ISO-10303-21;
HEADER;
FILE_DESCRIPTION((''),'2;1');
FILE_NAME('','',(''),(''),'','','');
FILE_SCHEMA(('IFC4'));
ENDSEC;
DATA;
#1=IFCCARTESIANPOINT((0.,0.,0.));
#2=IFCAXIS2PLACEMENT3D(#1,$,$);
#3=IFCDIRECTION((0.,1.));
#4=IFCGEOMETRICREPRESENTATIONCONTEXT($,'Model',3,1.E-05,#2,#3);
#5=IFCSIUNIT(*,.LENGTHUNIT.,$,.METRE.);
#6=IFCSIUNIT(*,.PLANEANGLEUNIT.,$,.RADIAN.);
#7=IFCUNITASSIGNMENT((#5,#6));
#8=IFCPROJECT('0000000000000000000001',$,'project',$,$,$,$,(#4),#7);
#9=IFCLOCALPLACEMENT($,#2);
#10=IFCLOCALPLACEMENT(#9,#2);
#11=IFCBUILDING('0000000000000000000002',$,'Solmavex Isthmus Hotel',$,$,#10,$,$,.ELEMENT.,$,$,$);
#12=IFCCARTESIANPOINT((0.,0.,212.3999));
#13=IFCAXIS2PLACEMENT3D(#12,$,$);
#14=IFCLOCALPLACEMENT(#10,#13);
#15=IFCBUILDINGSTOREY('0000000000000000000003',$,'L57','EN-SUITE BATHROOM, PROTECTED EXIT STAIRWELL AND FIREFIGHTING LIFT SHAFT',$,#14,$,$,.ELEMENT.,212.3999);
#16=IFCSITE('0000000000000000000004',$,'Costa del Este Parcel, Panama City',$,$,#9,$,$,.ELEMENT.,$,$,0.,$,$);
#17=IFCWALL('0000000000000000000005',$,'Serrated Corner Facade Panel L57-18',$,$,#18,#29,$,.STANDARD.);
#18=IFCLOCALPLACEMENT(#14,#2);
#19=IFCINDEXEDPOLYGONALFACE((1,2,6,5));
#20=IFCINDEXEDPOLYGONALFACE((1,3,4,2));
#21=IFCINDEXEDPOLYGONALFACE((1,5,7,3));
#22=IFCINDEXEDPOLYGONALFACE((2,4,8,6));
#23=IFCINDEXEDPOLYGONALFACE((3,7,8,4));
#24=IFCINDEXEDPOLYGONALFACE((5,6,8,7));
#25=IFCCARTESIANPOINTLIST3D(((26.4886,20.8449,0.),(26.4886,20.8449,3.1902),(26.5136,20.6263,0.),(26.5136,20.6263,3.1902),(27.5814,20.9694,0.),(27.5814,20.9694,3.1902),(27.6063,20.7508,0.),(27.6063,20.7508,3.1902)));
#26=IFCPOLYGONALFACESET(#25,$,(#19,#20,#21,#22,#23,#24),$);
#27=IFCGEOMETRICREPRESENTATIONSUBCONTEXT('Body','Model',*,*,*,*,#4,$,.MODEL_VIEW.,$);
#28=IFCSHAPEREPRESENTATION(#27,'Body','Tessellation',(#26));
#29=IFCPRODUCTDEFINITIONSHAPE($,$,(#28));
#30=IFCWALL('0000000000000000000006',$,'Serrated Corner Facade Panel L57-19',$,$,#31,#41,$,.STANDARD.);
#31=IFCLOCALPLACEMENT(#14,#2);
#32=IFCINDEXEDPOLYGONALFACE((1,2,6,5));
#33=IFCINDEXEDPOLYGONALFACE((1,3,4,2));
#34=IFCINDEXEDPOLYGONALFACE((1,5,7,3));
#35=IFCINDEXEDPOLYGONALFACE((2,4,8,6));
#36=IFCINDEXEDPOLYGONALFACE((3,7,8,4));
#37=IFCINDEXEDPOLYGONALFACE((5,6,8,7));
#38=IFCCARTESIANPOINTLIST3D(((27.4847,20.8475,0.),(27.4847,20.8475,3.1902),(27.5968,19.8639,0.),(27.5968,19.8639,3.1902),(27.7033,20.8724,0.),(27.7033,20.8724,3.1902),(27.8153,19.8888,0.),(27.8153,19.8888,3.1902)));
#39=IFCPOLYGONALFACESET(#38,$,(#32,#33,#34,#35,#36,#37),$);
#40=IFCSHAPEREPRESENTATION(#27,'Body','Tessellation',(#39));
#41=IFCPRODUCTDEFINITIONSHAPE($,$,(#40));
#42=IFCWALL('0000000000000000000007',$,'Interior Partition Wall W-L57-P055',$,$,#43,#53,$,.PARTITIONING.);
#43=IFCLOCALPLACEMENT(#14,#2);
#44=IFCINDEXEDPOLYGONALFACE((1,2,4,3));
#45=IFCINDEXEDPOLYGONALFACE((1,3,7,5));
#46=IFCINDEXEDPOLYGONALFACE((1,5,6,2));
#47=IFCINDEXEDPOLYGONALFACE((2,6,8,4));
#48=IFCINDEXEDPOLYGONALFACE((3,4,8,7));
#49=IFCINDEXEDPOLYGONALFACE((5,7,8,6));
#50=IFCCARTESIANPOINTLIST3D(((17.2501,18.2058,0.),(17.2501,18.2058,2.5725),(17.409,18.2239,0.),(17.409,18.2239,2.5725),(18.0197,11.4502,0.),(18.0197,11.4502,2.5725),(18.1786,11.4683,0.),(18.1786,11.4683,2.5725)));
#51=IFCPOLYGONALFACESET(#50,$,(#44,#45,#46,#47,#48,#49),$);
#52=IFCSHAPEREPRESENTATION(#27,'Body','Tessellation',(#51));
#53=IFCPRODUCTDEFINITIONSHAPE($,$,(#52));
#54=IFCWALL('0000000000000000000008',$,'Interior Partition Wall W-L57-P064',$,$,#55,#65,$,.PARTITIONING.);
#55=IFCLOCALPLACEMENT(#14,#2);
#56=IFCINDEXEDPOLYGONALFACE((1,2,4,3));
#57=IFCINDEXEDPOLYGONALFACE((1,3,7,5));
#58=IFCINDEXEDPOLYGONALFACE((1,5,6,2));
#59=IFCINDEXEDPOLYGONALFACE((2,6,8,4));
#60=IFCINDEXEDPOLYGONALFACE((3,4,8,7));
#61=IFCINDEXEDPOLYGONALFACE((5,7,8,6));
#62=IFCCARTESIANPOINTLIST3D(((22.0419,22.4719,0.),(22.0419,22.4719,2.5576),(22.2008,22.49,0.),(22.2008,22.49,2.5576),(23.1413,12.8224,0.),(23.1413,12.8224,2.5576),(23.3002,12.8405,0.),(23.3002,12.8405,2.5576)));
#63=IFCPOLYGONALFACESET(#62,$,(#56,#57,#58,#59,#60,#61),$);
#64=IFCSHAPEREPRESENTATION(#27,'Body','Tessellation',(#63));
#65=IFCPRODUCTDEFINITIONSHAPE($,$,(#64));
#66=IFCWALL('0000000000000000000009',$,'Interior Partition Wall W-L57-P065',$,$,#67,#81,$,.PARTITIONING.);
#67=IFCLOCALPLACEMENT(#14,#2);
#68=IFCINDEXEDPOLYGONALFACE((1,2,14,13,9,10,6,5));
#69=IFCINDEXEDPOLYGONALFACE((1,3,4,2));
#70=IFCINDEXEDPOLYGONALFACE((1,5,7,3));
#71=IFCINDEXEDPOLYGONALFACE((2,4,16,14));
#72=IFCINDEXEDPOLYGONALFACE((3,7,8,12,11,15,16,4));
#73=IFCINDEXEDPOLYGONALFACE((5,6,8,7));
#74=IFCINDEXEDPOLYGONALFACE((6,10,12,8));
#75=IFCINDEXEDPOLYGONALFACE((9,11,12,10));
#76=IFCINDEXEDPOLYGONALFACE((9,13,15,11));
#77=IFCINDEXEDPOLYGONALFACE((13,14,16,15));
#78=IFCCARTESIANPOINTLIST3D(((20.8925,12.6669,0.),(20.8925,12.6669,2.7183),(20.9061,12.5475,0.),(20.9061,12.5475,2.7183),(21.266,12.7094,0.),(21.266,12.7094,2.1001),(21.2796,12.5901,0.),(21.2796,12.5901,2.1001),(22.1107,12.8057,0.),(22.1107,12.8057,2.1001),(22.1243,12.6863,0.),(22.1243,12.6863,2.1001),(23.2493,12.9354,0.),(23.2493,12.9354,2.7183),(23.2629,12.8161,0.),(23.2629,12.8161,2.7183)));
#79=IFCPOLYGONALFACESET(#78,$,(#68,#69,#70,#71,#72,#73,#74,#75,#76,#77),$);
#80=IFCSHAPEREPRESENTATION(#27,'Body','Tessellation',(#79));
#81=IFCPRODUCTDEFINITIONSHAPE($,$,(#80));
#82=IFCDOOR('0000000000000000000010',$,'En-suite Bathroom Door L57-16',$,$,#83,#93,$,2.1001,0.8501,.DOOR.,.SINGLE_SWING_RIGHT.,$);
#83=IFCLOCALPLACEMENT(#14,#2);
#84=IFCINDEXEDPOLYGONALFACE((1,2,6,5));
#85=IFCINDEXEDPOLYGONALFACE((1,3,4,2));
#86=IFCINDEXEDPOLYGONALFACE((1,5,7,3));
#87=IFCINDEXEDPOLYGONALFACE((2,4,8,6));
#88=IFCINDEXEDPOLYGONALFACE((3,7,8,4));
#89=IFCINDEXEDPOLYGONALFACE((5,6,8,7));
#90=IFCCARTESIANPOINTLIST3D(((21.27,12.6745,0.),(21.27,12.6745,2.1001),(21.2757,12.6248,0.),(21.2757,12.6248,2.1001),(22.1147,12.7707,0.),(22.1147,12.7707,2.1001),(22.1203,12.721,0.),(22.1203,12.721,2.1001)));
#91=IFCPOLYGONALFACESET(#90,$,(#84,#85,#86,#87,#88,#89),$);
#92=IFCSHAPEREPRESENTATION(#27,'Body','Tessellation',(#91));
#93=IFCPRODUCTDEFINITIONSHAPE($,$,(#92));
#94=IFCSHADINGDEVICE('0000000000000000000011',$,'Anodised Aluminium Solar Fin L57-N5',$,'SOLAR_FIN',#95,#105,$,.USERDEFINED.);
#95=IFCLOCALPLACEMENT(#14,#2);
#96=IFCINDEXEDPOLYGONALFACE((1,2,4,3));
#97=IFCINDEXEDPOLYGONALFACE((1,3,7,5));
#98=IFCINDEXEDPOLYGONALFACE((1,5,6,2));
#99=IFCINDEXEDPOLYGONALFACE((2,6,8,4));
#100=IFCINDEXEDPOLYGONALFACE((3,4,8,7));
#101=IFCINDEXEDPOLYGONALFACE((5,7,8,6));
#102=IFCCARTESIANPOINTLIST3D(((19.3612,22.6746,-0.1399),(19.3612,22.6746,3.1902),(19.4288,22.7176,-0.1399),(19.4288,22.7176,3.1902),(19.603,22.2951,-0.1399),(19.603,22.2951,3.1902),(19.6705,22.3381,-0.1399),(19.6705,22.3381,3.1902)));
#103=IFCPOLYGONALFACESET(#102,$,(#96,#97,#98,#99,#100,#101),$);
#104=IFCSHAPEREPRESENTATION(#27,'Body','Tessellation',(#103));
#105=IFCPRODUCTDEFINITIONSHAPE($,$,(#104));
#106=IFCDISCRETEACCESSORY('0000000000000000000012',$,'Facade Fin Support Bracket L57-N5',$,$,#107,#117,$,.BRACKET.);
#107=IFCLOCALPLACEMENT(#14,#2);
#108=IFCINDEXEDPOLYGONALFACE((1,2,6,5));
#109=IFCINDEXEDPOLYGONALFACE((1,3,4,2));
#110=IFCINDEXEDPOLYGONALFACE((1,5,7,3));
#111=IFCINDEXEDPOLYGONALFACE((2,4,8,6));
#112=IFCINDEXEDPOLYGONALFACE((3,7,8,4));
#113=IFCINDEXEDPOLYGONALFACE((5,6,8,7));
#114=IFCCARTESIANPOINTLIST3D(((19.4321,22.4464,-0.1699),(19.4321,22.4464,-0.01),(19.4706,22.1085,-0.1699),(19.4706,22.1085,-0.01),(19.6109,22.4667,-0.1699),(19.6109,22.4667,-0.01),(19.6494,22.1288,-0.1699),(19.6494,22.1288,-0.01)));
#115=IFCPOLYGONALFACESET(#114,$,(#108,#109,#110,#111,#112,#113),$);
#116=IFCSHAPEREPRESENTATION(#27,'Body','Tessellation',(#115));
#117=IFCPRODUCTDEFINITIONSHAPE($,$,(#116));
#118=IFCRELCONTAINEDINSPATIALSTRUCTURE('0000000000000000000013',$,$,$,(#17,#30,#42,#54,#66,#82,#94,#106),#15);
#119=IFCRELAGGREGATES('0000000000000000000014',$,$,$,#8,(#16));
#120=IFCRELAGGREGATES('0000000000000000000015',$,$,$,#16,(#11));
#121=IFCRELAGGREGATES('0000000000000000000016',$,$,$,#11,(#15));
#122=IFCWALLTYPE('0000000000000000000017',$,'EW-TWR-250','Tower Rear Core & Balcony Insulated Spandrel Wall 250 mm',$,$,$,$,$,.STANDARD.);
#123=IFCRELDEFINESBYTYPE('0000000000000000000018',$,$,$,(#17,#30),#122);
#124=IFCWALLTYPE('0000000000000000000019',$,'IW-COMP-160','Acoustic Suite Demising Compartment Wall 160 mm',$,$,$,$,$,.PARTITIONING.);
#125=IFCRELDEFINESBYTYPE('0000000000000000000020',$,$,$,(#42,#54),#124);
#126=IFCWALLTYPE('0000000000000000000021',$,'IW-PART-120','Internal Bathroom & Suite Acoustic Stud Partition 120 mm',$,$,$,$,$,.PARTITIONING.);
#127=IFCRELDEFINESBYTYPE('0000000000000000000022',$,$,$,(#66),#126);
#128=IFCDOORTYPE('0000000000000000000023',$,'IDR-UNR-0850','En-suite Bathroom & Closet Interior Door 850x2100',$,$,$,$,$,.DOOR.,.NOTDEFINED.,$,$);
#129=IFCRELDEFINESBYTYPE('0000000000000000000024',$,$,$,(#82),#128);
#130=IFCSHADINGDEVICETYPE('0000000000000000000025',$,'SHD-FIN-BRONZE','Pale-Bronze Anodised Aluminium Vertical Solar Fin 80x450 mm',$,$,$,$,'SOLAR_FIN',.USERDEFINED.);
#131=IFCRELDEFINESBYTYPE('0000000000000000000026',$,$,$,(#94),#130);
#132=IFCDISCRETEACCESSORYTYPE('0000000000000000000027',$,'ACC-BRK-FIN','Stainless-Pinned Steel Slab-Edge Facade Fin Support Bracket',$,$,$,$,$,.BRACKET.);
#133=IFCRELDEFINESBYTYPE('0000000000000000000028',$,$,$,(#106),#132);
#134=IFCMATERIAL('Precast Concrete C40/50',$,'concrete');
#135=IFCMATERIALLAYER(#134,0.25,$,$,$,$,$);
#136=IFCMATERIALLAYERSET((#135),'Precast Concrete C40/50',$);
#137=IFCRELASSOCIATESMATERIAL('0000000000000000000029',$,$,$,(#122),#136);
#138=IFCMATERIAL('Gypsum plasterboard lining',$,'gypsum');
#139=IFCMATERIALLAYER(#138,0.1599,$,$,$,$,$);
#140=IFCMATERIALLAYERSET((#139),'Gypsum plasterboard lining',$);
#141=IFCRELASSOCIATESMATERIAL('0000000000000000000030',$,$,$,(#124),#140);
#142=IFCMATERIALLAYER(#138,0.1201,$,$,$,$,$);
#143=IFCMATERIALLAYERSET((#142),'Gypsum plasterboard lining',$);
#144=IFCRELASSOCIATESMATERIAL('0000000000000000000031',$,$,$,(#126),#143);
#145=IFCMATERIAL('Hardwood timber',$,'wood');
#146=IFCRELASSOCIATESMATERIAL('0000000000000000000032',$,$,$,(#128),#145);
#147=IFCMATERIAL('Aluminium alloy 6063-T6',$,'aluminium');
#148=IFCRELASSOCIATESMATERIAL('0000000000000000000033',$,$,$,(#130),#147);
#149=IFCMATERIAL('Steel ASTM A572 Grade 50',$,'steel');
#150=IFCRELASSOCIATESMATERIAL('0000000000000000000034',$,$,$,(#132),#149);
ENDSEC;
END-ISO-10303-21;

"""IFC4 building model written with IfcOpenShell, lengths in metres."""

from ifc_helpers import new_model, si_unit, direction, frame, frame_2d, origin, origin_2d, place, context, subcontext, project, spatial, rectangle, extrude, material, layer, layer_set, type_object, element, fill, save


model = new_model("IFC4")

# Units and contexts
model_context = context("Model", 3, precision=1e-05, world=origin(), true_north=direction((0.0, 1.0)))
body_context = subcontext(model_context, "Body", "Model", "MODEL_VIEW")
ifc_project = project(units=[si_unit("LENGTHUNIT", "METRE"), si_unit("PLANEANGLEUNIT", "RADIAN")], contexts=[model_context])

# Site, building, storey
site_placement = place(None, origin())
site = spatial("IfcSite", under=ifc_project, at=site_placement, Name="Costa del Este Parcel, Panama City", CompositionType="ELEMENT", RefElevation=0.0)
building_placement = place(site_placement, origin())
building = spatial("IfcBuilding", under=site, at=building_placement, Name="Solmavex Isthmus Hotel", CompositionType="ELEMENT")
storey_placement = place(building_placement, frame((0.0, 0.0, 212.3999)))
storey = spatial("IfcBuildingStorey", under=building, at=storey_placement, Name="L57", Description="EN-SUITE BATHROOM, PROTECTED EXIT STAIRWELL AND FIREFIGHTING LIFT SHAFT", CompositionType="ELEMENT", Elevation=212.3999)

# Shared definitions
ifc_material_1 = material(Name="Aluminium alloy 6063-T6", Category="aluminium")

# Walls
ifc_material_2 = material(Name="Precast Concrete C40/50", Category="concrete")
ifc_layer_1 = layer(ifc_material_2, 0.25)
ifc_layer_set_1 = layer_set([ifc_layer_1], Name="Precast Concrete C40/50")
wall_type_1 = type_object("IfcWallType", Name="EW-TWR-250", Description="Tower Rear Core & Balcony Insulated Spandrel Wall 250 mm", PredefinedType="STANDARD", material=ifc_layer_set_1)
wall_1_placement = place(storey_placement, frame((26.5012, 20.7356, 0.0), z_axis=(0.0, 0.0, 1.0), x_axis=(0.993571, 0.113209, 0.0)))
element("IfcWall", 1, at=wall_1_placement, inside=storey, type_object=wall_type_1, Name="Serrated Corner Facade Panel L57-18", PredefinedType="STANDARD", context=body_context, shape_type="SweptSolid", body=[
    extrude(rectangle(XDim=1.0999, YDim=0.22, at=frame_2d((0.5498, 0.0))), origin(), (0.0, 0.0, 1.0), 3.1902),
])
wall_2_placement = place(storey_placement, frame((27.594, 20.8601, 0.0), z_axis=(0.0, 0.0, 1.0), x_axis=(0.113192, -0.993573, 0.0)))
element("IfcWall", 2, at=wall_2_placement, inside=storey, type_object=wall_type_1, Name="Serrated Corner Facade Panel L57-19", PredefinedType="STANDARD", context=body_context, shape_type="SweptSolid", body=[
    extrude(rectangle(XDim=0.99, YDim=0.22, at=frame_2d((0.4951, 0.0))), origin(), (0.0, 0.0, 1.0), 3.1902),
])
ifc_material_3 = material(Name="Gypsum plasterboard lining", Category="gypsum")
ifc_layer_2 = layer(ifc_material_3, 0.1599)
ifc_layer_set_2 = layer_set([ifc_layer_2], Name="Gypsum plasterboard lining")
wall_type_2 = type_object("IfcWallType", Name="IW-COMP-160", Description="Acoustic Suite Demising Compartment Wall 160 mm", PredefinedType="PARTITIONING", material=ifc_layer_set_2)
wall_3_placement = place(storey_placement, frame((17.3296, 18.2148, 0.0), z_axis=(0.0, 0.0, 1.0), x_axis=(0.113178, -0.993575, 0.0)))
element("IfcWall", 3, at=wall_3_placement, inside=storey, type_object=wall_type_2, Name="Interior Partition Wall W-L57-P055", PredefinedType="PARTITIONING", context=body_context, shape_type="SweptSolid", body=[
    extrude(rectangle(XDim=6.7993, YDim=0.1599, at=frame_2d((3.3997, 0.0))), origin(), (0.0, 0.0, 1.0), 2.5725),
])
wall_4_placement = place(storey_placement, frame((22.1213, 22.481, 0.0), z_axis=(0.0, 0.0, 1.0), x_axis=(0.113198, -0.993572, 0.0)))
element("IfcWall", 4, at=wall_4_placement, inside=storey, type_object=wall_type_2, Name="Interior Partition Wall W-L57-P064", PredefinedType="PARTITIONING", context=body_context, shape_type="SweptSolid", body=[
    extrude(rectangle(XDim=9.7119, YDim=0.1599, at=frame_2d((4.856, 0.0))), origin(), (0.0, 0.0, 1.0), 2.5576),
])

# Wall, opening, door
ifc_layer_3 = layer(ifc_material_3, 0.1201)
ifc_layer_set_3 = layer_set([ifc_layer_3], Name="Gypsum plasterboard lining")
wall_type_3 = type_object("IfcWallType", Name="IW-PART-120", Description="Internal Bathroom & Suite Acoustic Stud Partition 120 mm", PredefinedType="PARTITIONING", material=ifc_layer_set_3)
wall_5_placement = place(storey_placement, frame((23.2561, 12.8757, 0.0), z_axis=(0.0, 0.0, 1.0), x_axis=(-0.993571, -0.11321, 0.0)))
wall_5 = element("IfcWall", 5, at=wall_5_placement, inside=storey, type_object=wall_type_3, Name="Interior Partition Wall W-L57-P065", PredefinedType="PARTITIONING", context=body_context, shape_type="SweptSolid", body=[
    extrude(rectangle(XDim=2.3721, YDim=0.1201, at=frame_2d((1.186, 0.0))), origin(), (0.0, 0.0, 1.0), 2.7183),
])
opening_placement = place(wall_5_placement, frame((1.146, 0.0, 0.0)))
opening = element("IfcOpeningElement", 6, at=opening_placement, cuts=wall_5, PredefinedType="OPENING", context=body_context, shape_type="SweptSolid", body=[
    extrude(rectangle(XDim=0.8501, YDim=2.1001, at=frame_2d((0.425, 1.05))), frame((0.0, 0.0701, 0.0), z_axis=(0.0, -1.0, 0.0), x_axis=(1.0, 0.0, 0.0)), (0.0, 0.0, 1.0), 0.1401),
])
ifc_material_4 = material(Name="Hardwood timber", Category="wood")
door_type = type_object("IfcDoorType", Name="IDR-UNR-0850", Description="En-suite Bathroom & Closet Interior Door 850x2100", OperationType="NOTDEFINED", PredefinedType="DOOR", material=ifc_material_4)
door_placement = place(opening_placement, frame((0.8501, 0.0, 0.0), z_axis=(0.0, 0.0, 1.0), x_axis=(-1.0, 0.0, 0.0)))
door = element("IfcDoor", 7, at=door_placement, inside=storey, type_object=door_type, Name="En-suite Bathroom Door L57-16", OperationType="SINGLE_SWING_RIGHT", OverallHeight=2.1001, OverallWidth=0.8501, PredefinedType="DOOR", context=body_context, shape_type="SweptSolid", body=[
    extrude(rectangle(XDim=0.8501, YDim=2.1001, at=frame_2d((0.425, 1.05))), frame((0.0, 0.0249, 0.0), z_axis=(0.0, -1.0, 0.0), x_axis=(1.0, 0.0, 0.0)), (0.0, 0.0, 1.0), 0.05),
])
fill(opening, door)

# Shading device
shading_device_type = type_object("IfcShadingDeviceType", Name="SHD-FIN-BRONZE", Description="Pale-Bronze Anodised Aluminium Vertical Solar Fin 80x450 mm", ElementType="SOLAR_FIN", PredefinedType="USERDEFINED", material=ifc_material_1)
shading_device_placement = place(storey_placement, frame((19.5159, 22.5063, -0.1399), z_axis=(0.0, 0.0, 1.0), x_axis=(-0.5373, 0.843391, 0.0)))
element("IfcShadingDevice", 8, at=shading_device_placement, inside=storey, type_object=shading_device_type, Name="Anodised Aluminium Solar Fin L57-N5", ObjectType="SOLAR_FIN", PredefinedType="USERDEFINED", context=body_context, shape_type="SweptSolid", body=[
    extrude(rectangle(XDim=0.45, YDim=0.0801, at=origin_2d()), origin(), (0.0, 0.0, 1.0), 3.3301),
])

# Discrete accessory
ifc_material_5 = material(Name="Steel ASTM A572 Grade 50", Category="steel")
discrete_accessory_type = type_object("IfcDiscreteAccessoryType", Name="ACC-BRK-FIN", Description="Stainless-Pinned Steel Slab-Edge Facade Fin Support Bracket", PredefinedType="BRACKET", material=ifc_material_5)
discrete_accessory_placement = place(storey_placement, frame((19.5408, 22.2876, -0.1699), z_axis=(0.0, 0.0, 1.0), x_axis=(-0.113203, 0.993572, 0.0)))
element("IfcDiscreteAccessory", 9, at=discrete_accessory_placement, inside=storey, type_object=discrete_accessory_type, Name="Facade Fin Support Bracket L57-N5", PredefinedType="BRACKET", context=body_context, shape_type="SweptSolid", body=[
    extrude(rectangle(XDim=0.3401, YDim=0.1799, at=origin_2d()), origin(), (0.0, 0.0, 1.0), 0.1599),
])

save(model, "model.ifc")
